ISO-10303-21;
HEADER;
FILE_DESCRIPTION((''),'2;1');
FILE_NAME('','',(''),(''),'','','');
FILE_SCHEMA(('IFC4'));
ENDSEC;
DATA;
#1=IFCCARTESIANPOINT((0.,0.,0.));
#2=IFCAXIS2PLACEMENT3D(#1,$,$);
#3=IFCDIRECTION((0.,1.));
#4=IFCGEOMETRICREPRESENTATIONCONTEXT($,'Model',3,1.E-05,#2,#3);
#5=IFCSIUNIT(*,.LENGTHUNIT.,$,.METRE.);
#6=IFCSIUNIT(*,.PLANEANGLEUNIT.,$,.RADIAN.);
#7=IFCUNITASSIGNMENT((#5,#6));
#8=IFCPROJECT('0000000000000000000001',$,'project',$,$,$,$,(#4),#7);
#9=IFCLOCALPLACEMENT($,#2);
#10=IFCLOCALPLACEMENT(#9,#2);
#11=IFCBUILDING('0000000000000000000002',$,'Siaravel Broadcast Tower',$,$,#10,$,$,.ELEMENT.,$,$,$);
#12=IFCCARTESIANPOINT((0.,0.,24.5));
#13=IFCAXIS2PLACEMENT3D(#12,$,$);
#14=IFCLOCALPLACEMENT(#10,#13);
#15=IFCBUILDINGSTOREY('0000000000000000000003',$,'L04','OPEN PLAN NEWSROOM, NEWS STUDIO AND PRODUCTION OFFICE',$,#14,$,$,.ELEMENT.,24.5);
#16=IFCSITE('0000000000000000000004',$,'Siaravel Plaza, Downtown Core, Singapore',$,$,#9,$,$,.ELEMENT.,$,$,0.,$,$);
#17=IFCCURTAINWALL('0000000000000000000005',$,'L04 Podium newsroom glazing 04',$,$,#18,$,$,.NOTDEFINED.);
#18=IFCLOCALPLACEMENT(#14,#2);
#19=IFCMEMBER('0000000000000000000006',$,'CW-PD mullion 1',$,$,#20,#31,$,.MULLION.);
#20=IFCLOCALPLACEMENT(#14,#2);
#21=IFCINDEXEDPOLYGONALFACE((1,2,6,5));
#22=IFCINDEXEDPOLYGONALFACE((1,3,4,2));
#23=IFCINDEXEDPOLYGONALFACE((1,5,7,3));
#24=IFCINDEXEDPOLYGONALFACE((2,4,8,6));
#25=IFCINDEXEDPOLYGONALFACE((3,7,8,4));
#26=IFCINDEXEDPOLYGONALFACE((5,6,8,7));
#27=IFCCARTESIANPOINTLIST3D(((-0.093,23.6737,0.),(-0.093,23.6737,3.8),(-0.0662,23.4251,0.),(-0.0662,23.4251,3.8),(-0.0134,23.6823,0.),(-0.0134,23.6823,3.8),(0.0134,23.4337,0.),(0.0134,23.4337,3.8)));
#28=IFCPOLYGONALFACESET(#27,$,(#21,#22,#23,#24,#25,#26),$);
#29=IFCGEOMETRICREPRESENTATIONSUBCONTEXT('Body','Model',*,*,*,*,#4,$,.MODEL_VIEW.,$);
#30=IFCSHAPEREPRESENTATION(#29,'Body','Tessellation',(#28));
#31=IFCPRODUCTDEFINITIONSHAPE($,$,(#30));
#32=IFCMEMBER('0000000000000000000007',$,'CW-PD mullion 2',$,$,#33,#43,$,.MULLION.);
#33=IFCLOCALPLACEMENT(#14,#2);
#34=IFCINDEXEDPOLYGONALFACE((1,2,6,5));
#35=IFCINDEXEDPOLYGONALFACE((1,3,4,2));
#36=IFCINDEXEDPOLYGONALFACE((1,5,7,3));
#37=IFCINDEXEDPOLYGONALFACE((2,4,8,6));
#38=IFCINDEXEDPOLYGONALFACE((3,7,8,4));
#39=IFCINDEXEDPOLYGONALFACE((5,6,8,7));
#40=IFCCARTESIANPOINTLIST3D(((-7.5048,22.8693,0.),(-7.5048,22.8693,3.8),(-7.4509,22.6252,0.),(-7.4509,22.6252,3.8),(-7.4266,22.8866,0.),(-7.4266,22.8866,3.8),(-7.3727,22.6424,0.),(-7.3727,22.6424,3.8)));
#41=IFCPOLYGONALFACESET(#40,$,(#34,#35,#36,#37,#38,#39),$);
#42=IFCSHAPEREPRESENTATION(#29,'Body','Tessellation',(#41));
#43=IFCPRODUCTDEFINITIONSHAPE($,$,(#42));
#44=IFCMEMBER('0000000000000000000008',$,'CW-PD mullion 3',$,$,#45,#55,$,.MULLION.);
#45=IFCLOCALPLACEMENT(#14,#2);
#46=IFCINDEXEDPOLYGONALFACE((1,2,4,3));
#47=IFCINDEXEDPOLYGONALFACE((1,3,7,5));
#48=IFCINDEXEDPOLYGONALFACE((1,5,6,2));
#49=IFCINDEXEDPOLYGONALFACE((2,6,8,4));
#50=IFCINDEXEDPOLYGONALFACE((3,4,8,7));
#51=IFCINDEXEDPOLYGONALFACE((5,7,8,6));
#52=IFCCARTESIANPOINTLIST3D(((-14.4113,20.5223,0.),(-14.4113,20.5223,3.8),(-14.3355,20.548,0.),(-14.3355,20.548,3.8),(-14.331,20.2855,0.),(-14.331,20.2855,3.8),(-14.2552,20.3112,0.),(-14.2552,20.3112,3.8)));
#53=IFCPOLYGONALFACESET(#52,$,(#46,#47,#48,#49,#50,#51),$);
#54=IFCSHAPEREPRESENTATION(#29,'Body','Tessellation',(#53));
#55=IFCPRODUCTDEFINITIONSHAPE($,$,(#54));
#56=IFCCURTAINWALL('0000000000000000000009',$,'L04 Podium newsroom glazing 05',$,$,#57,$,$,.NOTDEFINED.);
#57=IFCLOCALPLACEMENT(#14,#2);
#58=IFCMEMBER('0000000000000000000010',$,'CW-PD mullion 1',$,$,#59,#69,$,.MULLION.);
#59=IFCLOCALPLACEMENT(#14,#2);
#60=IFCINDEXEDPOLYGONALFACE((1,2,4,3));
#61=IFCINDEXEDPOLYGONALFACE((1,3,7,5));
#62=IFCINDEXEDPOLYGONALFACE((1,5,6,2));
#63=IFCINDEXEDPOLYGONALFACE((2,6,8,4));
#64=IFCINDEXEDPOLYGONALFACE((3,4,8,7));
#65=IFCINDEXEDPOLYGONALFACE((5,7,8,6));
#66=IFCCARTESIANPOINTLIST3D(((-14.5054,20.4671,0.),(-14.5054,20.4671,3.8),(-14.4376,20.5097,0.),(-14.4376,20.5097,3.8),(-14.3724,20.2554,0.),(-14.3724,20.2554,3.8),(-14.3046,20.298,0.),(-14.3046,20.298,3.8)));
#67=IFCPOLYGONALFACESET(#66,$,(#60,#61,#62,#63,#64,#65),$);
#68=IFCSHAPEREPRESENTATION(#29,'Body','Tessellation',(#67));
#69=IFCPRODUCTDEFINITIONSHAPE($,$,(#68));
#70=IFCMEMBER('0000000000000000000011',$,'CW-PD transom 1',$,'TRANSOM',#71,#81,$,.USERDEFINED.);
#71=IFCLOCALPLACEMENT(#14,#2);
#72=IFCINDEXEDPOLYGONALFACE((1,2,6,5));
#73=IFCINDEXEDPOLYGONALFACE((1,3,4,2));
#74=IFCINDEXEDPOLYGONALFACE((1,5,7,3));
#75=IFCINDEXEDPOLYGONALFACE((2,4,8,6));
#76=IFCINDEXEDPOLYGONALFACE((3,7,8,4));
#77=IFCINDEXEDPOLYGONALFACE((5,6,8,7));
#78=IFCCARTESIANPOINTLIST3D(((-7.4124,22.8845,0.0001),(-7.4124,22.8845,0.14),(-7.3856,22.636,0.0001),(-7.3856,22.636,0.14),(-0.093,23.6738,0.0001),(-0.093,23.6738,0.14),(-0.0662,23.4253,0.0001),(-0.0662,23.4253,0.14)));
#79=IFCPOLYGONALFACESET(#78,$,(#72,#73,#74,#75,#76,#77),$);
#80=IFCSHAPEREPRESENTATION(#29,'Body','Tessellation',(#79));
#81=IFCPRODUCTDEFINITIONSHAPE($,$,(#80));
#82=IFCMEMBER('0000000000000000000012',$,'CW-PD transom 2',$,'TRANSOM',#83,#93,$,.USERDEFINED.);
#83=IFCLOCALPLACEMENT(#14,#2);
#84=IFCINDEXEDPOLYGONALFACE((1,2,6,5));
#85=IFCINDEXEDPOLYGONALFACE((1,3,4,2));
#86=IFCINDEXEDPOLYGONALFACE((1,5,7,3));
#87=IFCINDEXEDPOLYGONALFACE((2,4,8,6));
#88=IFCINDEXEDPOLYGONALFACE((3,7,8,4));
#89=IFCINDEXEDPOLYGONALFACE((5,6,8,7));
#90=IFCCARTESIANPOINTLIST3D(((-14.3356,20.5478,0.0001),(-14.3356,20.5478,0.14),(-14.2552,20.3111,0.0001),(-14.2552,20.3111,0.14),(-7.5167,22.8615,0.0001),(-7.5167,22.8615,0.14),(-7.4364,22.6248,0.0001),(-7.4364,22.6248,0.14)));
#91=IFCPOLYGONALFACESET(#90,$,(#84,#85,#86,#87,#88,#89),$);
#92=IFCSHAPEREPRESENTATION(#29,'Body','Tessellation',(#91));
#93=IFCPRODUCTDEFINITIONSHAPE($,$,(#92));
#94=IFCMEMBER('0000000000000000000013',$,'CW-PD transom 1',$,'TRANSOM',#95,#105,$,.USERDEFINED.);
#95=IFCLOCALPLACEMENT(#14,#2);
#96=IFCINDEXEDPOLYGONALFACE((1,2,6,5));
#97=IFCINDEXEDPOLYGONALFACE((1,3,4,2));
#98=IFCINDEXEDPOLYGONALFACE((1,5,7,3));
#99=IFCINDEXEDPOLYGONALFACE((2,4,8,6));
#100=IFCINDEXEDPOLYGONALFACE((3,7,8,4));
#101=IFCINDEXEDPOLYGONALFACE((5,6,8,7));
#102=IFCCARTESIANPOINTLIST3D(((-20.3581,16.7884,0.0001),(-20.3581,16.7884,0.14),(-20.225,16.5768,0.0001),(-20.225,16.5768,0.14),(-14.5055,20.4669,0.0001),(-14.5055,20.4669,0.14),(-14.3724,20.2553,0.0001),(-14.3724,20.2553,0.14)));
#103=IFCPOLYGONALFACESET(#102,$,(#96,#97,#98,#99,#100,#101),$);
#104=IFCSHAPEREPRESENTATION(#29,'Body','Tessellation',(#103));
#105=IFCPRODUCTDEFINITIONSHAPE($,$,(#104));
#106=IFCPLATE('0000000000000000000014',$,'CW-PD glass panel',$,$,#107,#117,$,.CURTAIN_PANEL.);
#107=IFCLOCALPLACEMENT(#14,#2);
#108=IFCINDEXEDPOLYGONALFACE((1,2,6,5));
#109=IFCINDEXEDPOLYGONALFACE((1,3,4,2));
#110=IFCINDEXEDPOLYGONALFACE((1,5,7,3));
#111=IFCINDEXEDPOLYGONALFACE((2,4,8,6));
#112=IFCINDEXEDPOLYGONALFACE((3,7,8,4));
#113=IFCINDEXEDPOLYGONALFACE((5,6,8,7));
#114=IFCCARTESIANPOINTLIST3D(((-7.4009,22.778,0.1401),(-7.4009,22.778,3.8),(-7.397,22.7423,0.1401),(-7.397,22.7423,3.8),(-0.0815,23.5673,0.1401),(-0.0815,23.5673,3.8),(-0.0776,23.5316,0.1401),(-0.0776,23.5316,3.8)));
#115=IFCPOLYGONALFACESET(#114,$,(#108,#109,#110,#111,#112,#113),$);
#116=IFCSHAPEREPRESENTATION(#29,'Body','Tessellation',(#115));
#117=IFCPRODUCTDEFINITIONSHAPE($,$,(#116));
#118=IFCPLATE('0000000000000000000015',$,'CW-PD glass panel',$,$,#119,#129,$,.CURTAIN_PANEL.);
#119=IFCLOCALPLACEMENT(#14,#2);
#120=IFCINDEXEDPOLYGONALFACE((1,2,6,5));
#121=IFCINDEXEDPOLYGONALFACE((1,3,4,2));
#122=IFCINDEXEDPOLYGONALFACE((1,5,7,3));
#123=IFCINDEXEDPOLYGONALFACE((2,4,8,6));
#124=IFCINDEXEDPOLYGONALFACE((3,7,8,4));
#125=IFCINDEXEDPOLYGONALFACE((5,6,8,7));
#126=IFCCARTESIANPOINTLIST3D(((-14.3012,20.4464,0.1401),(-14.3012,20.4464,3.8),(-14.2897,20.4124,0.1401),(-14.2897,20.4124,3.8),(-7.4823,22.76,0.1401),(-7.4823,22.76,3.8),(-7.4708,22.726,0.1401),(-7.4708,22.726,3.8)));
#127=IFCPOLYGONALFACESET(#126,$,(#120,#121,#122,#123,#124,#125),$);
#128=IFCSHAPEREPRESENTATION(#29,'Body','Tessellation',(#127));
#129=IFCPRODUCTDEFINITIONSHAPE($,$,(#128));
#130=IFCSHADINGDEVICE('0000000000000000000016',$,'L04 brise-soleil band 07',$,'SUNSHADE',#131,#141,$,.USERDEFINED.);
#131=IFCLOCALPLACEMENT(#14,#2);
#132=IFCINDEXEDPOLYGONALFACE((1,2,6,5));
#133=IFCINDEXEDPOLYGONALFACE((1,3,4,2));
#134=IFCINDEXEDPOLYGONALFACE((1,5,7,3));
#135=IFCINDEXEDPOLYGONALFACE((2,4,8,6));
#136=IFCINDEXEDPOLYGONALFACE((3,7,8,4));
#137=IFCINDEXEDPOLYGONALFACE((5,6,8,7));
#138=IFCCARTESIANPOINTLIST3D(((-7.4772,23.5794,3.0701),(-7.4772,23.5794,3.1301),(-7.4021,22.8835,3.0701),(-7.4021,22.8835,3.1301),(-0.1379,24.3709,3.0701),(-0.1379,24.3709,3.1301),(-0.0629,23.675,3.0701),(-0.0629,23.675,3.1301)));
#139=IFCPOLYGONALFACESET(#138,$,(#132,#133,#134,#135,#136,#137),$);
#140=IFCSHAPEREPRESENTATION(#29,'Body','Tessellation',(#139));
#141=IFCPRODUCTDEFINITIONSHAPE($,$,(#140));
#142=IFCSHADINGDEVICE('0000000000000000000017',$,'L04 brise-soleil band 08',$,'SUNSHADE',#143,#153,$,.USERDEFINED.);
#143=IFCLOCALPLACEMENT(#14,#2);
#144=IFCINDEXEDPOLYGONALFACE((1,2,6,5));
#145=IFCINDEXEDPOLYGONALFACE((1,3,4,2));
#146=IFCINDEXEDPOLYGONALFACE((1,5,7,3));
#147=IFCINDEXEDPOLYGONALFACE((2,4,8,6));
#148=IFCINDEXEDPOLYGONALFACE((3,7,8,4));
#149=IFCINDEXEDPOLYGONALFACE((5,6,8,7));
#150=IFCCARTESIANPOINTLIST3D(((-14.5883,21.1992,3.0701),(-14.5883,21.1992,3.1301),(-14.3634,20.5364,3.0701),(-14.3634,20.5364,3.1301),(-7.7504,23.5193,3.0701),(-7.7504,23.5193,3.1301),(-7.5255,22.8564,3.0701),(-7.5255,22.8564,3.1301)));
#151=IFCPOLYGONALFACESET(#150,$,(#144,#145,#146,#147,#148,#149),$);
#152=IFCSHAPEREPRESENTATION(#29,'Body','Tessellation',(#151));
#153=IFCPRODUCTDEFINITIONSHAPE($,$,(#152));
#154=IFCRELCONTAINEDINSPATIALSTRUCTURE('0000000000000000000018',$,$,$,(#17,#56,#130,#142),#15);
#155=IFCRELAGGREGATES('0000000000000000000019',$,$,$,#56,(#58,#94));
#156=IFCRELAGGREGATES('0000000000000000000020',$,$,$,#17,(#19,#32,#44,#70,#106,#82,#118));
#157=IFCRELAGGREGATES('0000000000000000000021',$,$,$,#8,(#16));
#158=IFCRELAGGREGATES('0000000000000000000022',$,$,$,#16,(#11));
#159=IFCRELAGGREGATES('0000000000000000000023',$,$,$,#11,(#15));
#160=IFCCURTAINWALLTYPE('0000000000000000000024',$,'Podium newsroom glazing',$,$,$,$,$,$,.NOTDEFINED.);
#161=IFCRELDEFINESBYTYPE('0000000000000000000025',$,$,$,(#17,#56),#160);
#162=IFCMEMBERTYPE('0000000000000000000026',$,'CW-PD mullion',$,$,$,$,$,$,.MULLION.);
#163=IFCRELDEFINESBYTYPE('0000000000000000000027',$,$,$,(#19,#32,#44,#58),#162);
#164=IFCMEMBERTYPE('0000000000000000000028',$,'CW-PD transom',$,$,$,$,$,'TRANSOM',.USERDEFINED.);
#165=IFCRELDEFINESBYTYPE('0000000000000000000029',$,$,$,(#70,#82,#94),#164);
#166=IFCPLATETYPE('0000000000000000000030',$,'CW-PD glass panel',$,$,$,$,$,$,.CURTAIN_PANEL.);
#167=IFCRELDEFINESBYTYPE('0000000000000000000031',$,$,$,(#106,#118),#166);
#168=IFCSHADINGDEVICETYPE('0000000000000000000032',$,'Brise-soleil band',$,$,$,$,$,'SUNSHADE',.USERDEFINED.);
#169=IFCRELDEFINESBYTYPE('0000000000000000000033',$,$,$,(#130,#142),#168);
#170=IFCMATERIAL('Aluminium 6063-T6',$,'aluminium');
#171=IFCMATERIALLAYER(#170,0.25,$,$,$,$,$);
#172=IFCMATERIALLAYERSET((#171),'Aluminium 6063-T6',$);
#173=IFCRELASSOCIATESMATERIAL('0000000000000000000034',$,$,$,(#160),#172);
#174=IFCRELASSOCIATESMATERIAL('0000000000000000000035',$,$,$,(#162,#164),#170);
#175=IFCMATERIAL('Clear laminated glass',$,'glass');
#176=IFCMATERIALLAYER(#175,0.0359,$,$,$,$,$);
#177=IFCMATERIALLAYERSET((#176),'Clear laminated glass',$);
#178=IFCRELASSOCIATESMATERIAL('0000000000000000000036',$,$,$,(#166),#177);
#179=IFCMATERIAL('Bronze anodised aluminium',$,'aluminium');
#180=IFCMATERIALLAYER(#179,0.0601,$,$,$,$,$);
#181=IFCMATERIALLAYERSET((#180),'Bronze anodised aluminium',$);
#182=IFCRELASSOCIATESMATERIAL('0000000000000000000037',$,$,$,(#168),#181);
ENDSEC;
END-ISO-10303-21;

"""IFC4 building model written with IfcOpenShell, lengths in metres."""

from ifc_helpers import new_model, si_unit, direction, frame, origin, origin_2d, place, context, subcontext, project, spatial, rectangle, extrude, material, layer, layer_set, material_profile, profile_set, type_object, element, aggregate, save


model = new_model("IFC4")

# Units and contexts
model_context = context("Model", 3, precision=1e-05, world=origin(), true_north=direction((0.0, 1.0)))
body_context = subcontext(model_context, "Body", "Model", "MODEL_VIEW")
ifc_project = project(units=[si_unit("LENGTHUNIT", "METRE"), si_unit("PLANEANGLEUNIT", "RADIAN")], contexts=[model_context])

# Site, building, storey
site_placement = place(None, origin())
site = spatial("IfcSite", under=ifc_project, at=site_placement, Name="Siaravel Plaza, Downtown Core, Singapore", CompositionType="ELEMENT", RefElevation=0.0)
building_placement = place(site_placement, origin())
building = spatial("IfcBuilding", under=site, at=building_placement, Name="Siaravel Broadcast Tower", CompositionType="ELEMENT")
storey_placement = place(building_placement, frame((0.0, 0.0, 24.5)))
storey = spatial("IfcBuildingStorey", under=building, at=storey_placement, Name="L04", Description="OPEN PLAN NEWSROOM, NEWS STUDIO AND PRODUCTION OFFICE", CompositionType="ELEMENT", Elevation=24.5)

# Curtain wall, members
ifc_material_1 = material(Name="Aluminium 6063-T6", Category="aluminium")
ifc_layer_1 = layer(ifc_material_1, 0.25)
ifc_layer_set_1 = layer_set([ifc_layer_1], Name="Aluminium 6063-T6")
curtain_wall_type = type_object("IfcCurtainWallType", Name="Podium newsroom glazing", PredefinedType="NOTDEFINED", material=ifc_layer_set_1)
curtain_wall_1_placement = place(storey_placement, origin())
curtain_wall_1 = element("IfcCurtainWall", 1, at=curtain_wall_1_placement, inside=storey, type_object=curtain_wall_type, Name="L04 Podium newsroom glazing 04", PredefinedType="NOTDEFINED")
ifc_material_profile_1 = material_profile(ifc_material_1, rectangle(XDim=0.25, YDim=0.0801, at=origin_2d()))
ifc_profile_set_1 = profile_set([ifc_material_profile_1], Name="Aluminium 6063-T6")
member_type_1 = type_object("IfcMemberType", Name="CW-PD mullion", PredefinedType="MULLION", material=ifc_profile_set_1)
member_1_placement = place(storey_placement, frame((-0.0398, 23.5537, 0.0), z_axis=(0.0, 0.0, 1.0), x_axis=(0.107217, -0.994236, 0.0)))
member_1 = element("IfcMember", 2, at=member_1_placement, type_object=member_type_1, Name="CW-PD mullion 1", PredefinedType="MULLION", context=body_context, shape_type="SweptSolid", body=[
    extrude(rectangle(XDim=0.25, YDim=0.0801, at=origin_2d()), origin(), (0.0, 0.0, 1.0), 3.8),
])
member_2_placement = place(storey_placement, frame((-7.4387, 22.7559, 0.0), z_axis=(0.0, 0.0, 1.0), x_axis=(0.215558, -0.976491, 0.0)))
member_2 = element("IfcMember", 3, at=member_2_placement, type_object=member_type_1, Name="CW-PD mullion 2", PredefinedType="MULLION", context=body_context, shape_type="SweptSolid", body=[
    extrude(rectangle(XDim=0.25, YDim=0.0801, at=origin_2d()), origin(), (0.0, 0.0, 1.0), 3.8),
])
member_3_placement = place(storey_placement, frame((-14.3333, 20.4167, 0.0), z_axis=(0.0, 0.0, 1.0), x_axis=(0.3213, -0.946977, 0.0)))
member_3 = element("IfcMember", 4, at=member_3_placement, type_object=member_type_1, Name="CW-PD mullion 3", PredefinedType="MULLION", context=body_context, shape_type="SweptSolid", body=[
    extrude(rectangle(XDim=0.25, YDim=0.0801, at=origin_2d()), origin(), (0.0, 0.0, 1.0), 3.8),
])

# Curtain wall, member
curtain_wall_2_placement = place(storey_placement, origin())
curtain_wall_2 = element("IfcCurtainWall", 5, at=curtain_wall_2_placement, inside=storey, type_object=curtain_wall_type, Name="L04 Podium newsroom glazing 05", PredefinedType="NOTDEFINED")
member_4_placement = place(storey_placement, frame((-14.405, 20.3826, 0.0), z_axis=(0.0, 0.0, 1.0), x_axis=(0.532149, -0.846651, 0.0)))
member_4 = element("IfcMember", 6, at=member_4_placement, type_object=member_type_1, Name="CW-PD mullion 1", PredefinedType="MULLION", context=body_context, shape_type="SweptSolid", body=[
    extrude(rectangle(XDim=0.25, YDim=0.0801, at=origin_2d()), origin(), (0.0, 0.0, 1.0), 3.8),
])

# Members
ifc_material_profile_2 = material_profile(ifc_material_1, rectangle(XDim=0.25, YDim=0.1399, at=origin_2d()))
ifc_profile_set_2 = profile_set([ifc_material_profile_2], Name="Aluminium 6063-T6")
member_type_2 = type_object("IfcMemberType", Name="CW-PD transom", ElementType="TRANSOM", PredefinedType="USERDEFINED", material=ifc_profile_set_2)
member_5_placement = place(storey_placement, frame((-0.0796, 23.5496, 0.0701), z_axis=(-0.994236, -0.107217, 0.0), x_axis=(0.107217, -0.994236, 0.0)))
member_5 = element("IfcMember", 7, at=member_5_placement, type_object=member_type_2, Name="CW-PD transom 1", ObjectType="TRANSOM", PredefinedType="USERDEFINED", context=body_context, shape_type="SweptSolid", body=[
    extrude(rectangle(XDim=0.25, YDim=0.1399, at=origin_2d()), origin(), (0.0, 0.0, 1.0), 7.3618),
])
member_6_placement = place(storey_placement, frame((-7.4766, 22.7432, 0.0701), z_axis=(-0.946971, -0.321319, 0.0), x_axis=(0.321319, -0.946971, 0.0)))
member_6 = element("IfcMember", 8, at=member_6_placement, type_object=member_type_2, Name="CW-PD transom 2", ObjectType="TRANSOM", PredefinedType="USERDEFINED", context=body_context, shape_type="SweptSolid", body=[
    extrude(rectangle(XDim=0.25, YDim=0.1399, at=origin_2d()), origin(), (0.0, 0.0, 1.0), 7.2007),
])
member_7_placement = place(storey_placement, frame((-14.439, 20.3611, 0.0701), z_axis=(-0.846654, -0.532143, 0.0), x_axis=(0.532143, -0.846654, 0.0)))
member_7 = element("IfcMember", 9, at=member_7_placement, type_object=member_type_2, Name="CW-PD transom 1", ObjectType="TRANSOM", PredefinedType="USERDEFINED", context=body_context, shape_type="SweptSolid", body=[
    extrude(rectangle(XDim=0.25, YDim=0.1399, at=origin_2d()), origin(), (0.0, 0.0, 1.0), 6.9126),
])
aggregate(curtain_wall_2, [member_4, member_7])

# Plates
ifc_material_2 = material(Name="Clear laminated glass", Category="glass")
ifc_layer_2 = layer(ifc_material_2, 0.0359)
ifc_layer_set_2 = layer_set([ifc_layer_2], Name="Clear laminated glass")
plate_type = type_object("IfcPlateType", Name="CW-PD glass panel", PredefinedType="CURTAIN_PANEL", material=ifc_layer_set_2)
plate_1_placement = place(storey_placement, frame((-3.7393, 23.1548, 0.1401), z_axis=(0.0, 0.0, 1.0), x_axis=(-0.994236, -0.107217, 0.0)))
plate_1 = element("IfcPlate", 10, at=plate_1_placement, type_object=plate_type, Name="CW-PD glass panel", PredefinedType="CURTAIN_PANEL", context=body_context, shape_type="SweptSolid", body=[
    extrude(rectangle(XDim=7.3618, YDim=0.0359, at=origin_2d()), origin(), (0.0, 0.0, 1.0), 3.6599),
])
plate_2_placement = place(storey_placement, frame((-10.886, 21.5862, 0.1401), z_axis=(0.0, 0.0, 1.0), x_axis=(-0.946977, -0.3213, 0.0)))
plate_2 = element("IfcPlate", 11, at=plate_2_placement, type_object=plate_type, Name="CW-PD glass panel", PredefinedType="CURTAIN_PANEL", context=body_context, shape_type="SweptSolid", body=[
    extrude(rectangle(XDim=7.2007, YDim=0.0359, at=origin_2d()), origin(), (0.0, 0.0, 1.0), 3.6599),
])
aggregate(curtain_wall_1, [member_1, member_2, member_3, member_5, plate_1, member_6, plate_2])

# Shading devices
ifc_material_3 = material(Name="Bronze anodised aluminium", Category="aluminium")
ifc_layer_3 = layer(ifc_material_3, 0.0601)
ifc_layer_set_3 = layer_set([ifc_layer_3], Name="Bronze anodised aluminium")
shading_device_type = type_object("IfcShadingDeviceType", Name="Brise-soleil band", ElementType="SUNSHADE", PredefinedType="USERDEFINED", material=ifc_layer_set_3)
shading_device_1_placement = place(storey_placement, frame((-3.77, 23.6272, 3.0701), z_axis=(0.0, 0.0, 1.0), x_axis=(-0.994236, -0.107217, 0.0)))
element("IfcShadingDevice", 12, at=shading_device_1_placement, inside=storey, type_object=shading_device_type, Name="L04 brise-soleil band 07", ObjectType="SUNSHADE", PredefinedType="USERDEFINED", context=body_context, shape_type="SweptSolid", body=[
    extrude(rectangle(XDim=7.3818, YDim=0.7, at=origin_2d()), origin(), (0.0, 0.0, 1.0), 0.0601),
])
shading_device_2_placement = place(storey_placement, frame((-11.0569, 22.0278, 3.0701), z_axis=(0.0, 0.0, 1.0), x_axis=(-0.946977, -0.321301, 0.0)))
element("IfcShadingDevice", 13, at=shading_device_2_placement, inside=storey, type_object=shading_device_type, Name="L04 brise-soleil band 08", ObjectType="SUNSHADE", PredefinedType="USERDEFINED", context=body_context, shape_type="SweptSolid", body=[
    extrude(rectangle(XDim=7.2207, YDim=0.7, at=origin_2d()), origin(), (0.0, 0.0, 1.0), 0.0601),
])

save(model, "model.ifc")
